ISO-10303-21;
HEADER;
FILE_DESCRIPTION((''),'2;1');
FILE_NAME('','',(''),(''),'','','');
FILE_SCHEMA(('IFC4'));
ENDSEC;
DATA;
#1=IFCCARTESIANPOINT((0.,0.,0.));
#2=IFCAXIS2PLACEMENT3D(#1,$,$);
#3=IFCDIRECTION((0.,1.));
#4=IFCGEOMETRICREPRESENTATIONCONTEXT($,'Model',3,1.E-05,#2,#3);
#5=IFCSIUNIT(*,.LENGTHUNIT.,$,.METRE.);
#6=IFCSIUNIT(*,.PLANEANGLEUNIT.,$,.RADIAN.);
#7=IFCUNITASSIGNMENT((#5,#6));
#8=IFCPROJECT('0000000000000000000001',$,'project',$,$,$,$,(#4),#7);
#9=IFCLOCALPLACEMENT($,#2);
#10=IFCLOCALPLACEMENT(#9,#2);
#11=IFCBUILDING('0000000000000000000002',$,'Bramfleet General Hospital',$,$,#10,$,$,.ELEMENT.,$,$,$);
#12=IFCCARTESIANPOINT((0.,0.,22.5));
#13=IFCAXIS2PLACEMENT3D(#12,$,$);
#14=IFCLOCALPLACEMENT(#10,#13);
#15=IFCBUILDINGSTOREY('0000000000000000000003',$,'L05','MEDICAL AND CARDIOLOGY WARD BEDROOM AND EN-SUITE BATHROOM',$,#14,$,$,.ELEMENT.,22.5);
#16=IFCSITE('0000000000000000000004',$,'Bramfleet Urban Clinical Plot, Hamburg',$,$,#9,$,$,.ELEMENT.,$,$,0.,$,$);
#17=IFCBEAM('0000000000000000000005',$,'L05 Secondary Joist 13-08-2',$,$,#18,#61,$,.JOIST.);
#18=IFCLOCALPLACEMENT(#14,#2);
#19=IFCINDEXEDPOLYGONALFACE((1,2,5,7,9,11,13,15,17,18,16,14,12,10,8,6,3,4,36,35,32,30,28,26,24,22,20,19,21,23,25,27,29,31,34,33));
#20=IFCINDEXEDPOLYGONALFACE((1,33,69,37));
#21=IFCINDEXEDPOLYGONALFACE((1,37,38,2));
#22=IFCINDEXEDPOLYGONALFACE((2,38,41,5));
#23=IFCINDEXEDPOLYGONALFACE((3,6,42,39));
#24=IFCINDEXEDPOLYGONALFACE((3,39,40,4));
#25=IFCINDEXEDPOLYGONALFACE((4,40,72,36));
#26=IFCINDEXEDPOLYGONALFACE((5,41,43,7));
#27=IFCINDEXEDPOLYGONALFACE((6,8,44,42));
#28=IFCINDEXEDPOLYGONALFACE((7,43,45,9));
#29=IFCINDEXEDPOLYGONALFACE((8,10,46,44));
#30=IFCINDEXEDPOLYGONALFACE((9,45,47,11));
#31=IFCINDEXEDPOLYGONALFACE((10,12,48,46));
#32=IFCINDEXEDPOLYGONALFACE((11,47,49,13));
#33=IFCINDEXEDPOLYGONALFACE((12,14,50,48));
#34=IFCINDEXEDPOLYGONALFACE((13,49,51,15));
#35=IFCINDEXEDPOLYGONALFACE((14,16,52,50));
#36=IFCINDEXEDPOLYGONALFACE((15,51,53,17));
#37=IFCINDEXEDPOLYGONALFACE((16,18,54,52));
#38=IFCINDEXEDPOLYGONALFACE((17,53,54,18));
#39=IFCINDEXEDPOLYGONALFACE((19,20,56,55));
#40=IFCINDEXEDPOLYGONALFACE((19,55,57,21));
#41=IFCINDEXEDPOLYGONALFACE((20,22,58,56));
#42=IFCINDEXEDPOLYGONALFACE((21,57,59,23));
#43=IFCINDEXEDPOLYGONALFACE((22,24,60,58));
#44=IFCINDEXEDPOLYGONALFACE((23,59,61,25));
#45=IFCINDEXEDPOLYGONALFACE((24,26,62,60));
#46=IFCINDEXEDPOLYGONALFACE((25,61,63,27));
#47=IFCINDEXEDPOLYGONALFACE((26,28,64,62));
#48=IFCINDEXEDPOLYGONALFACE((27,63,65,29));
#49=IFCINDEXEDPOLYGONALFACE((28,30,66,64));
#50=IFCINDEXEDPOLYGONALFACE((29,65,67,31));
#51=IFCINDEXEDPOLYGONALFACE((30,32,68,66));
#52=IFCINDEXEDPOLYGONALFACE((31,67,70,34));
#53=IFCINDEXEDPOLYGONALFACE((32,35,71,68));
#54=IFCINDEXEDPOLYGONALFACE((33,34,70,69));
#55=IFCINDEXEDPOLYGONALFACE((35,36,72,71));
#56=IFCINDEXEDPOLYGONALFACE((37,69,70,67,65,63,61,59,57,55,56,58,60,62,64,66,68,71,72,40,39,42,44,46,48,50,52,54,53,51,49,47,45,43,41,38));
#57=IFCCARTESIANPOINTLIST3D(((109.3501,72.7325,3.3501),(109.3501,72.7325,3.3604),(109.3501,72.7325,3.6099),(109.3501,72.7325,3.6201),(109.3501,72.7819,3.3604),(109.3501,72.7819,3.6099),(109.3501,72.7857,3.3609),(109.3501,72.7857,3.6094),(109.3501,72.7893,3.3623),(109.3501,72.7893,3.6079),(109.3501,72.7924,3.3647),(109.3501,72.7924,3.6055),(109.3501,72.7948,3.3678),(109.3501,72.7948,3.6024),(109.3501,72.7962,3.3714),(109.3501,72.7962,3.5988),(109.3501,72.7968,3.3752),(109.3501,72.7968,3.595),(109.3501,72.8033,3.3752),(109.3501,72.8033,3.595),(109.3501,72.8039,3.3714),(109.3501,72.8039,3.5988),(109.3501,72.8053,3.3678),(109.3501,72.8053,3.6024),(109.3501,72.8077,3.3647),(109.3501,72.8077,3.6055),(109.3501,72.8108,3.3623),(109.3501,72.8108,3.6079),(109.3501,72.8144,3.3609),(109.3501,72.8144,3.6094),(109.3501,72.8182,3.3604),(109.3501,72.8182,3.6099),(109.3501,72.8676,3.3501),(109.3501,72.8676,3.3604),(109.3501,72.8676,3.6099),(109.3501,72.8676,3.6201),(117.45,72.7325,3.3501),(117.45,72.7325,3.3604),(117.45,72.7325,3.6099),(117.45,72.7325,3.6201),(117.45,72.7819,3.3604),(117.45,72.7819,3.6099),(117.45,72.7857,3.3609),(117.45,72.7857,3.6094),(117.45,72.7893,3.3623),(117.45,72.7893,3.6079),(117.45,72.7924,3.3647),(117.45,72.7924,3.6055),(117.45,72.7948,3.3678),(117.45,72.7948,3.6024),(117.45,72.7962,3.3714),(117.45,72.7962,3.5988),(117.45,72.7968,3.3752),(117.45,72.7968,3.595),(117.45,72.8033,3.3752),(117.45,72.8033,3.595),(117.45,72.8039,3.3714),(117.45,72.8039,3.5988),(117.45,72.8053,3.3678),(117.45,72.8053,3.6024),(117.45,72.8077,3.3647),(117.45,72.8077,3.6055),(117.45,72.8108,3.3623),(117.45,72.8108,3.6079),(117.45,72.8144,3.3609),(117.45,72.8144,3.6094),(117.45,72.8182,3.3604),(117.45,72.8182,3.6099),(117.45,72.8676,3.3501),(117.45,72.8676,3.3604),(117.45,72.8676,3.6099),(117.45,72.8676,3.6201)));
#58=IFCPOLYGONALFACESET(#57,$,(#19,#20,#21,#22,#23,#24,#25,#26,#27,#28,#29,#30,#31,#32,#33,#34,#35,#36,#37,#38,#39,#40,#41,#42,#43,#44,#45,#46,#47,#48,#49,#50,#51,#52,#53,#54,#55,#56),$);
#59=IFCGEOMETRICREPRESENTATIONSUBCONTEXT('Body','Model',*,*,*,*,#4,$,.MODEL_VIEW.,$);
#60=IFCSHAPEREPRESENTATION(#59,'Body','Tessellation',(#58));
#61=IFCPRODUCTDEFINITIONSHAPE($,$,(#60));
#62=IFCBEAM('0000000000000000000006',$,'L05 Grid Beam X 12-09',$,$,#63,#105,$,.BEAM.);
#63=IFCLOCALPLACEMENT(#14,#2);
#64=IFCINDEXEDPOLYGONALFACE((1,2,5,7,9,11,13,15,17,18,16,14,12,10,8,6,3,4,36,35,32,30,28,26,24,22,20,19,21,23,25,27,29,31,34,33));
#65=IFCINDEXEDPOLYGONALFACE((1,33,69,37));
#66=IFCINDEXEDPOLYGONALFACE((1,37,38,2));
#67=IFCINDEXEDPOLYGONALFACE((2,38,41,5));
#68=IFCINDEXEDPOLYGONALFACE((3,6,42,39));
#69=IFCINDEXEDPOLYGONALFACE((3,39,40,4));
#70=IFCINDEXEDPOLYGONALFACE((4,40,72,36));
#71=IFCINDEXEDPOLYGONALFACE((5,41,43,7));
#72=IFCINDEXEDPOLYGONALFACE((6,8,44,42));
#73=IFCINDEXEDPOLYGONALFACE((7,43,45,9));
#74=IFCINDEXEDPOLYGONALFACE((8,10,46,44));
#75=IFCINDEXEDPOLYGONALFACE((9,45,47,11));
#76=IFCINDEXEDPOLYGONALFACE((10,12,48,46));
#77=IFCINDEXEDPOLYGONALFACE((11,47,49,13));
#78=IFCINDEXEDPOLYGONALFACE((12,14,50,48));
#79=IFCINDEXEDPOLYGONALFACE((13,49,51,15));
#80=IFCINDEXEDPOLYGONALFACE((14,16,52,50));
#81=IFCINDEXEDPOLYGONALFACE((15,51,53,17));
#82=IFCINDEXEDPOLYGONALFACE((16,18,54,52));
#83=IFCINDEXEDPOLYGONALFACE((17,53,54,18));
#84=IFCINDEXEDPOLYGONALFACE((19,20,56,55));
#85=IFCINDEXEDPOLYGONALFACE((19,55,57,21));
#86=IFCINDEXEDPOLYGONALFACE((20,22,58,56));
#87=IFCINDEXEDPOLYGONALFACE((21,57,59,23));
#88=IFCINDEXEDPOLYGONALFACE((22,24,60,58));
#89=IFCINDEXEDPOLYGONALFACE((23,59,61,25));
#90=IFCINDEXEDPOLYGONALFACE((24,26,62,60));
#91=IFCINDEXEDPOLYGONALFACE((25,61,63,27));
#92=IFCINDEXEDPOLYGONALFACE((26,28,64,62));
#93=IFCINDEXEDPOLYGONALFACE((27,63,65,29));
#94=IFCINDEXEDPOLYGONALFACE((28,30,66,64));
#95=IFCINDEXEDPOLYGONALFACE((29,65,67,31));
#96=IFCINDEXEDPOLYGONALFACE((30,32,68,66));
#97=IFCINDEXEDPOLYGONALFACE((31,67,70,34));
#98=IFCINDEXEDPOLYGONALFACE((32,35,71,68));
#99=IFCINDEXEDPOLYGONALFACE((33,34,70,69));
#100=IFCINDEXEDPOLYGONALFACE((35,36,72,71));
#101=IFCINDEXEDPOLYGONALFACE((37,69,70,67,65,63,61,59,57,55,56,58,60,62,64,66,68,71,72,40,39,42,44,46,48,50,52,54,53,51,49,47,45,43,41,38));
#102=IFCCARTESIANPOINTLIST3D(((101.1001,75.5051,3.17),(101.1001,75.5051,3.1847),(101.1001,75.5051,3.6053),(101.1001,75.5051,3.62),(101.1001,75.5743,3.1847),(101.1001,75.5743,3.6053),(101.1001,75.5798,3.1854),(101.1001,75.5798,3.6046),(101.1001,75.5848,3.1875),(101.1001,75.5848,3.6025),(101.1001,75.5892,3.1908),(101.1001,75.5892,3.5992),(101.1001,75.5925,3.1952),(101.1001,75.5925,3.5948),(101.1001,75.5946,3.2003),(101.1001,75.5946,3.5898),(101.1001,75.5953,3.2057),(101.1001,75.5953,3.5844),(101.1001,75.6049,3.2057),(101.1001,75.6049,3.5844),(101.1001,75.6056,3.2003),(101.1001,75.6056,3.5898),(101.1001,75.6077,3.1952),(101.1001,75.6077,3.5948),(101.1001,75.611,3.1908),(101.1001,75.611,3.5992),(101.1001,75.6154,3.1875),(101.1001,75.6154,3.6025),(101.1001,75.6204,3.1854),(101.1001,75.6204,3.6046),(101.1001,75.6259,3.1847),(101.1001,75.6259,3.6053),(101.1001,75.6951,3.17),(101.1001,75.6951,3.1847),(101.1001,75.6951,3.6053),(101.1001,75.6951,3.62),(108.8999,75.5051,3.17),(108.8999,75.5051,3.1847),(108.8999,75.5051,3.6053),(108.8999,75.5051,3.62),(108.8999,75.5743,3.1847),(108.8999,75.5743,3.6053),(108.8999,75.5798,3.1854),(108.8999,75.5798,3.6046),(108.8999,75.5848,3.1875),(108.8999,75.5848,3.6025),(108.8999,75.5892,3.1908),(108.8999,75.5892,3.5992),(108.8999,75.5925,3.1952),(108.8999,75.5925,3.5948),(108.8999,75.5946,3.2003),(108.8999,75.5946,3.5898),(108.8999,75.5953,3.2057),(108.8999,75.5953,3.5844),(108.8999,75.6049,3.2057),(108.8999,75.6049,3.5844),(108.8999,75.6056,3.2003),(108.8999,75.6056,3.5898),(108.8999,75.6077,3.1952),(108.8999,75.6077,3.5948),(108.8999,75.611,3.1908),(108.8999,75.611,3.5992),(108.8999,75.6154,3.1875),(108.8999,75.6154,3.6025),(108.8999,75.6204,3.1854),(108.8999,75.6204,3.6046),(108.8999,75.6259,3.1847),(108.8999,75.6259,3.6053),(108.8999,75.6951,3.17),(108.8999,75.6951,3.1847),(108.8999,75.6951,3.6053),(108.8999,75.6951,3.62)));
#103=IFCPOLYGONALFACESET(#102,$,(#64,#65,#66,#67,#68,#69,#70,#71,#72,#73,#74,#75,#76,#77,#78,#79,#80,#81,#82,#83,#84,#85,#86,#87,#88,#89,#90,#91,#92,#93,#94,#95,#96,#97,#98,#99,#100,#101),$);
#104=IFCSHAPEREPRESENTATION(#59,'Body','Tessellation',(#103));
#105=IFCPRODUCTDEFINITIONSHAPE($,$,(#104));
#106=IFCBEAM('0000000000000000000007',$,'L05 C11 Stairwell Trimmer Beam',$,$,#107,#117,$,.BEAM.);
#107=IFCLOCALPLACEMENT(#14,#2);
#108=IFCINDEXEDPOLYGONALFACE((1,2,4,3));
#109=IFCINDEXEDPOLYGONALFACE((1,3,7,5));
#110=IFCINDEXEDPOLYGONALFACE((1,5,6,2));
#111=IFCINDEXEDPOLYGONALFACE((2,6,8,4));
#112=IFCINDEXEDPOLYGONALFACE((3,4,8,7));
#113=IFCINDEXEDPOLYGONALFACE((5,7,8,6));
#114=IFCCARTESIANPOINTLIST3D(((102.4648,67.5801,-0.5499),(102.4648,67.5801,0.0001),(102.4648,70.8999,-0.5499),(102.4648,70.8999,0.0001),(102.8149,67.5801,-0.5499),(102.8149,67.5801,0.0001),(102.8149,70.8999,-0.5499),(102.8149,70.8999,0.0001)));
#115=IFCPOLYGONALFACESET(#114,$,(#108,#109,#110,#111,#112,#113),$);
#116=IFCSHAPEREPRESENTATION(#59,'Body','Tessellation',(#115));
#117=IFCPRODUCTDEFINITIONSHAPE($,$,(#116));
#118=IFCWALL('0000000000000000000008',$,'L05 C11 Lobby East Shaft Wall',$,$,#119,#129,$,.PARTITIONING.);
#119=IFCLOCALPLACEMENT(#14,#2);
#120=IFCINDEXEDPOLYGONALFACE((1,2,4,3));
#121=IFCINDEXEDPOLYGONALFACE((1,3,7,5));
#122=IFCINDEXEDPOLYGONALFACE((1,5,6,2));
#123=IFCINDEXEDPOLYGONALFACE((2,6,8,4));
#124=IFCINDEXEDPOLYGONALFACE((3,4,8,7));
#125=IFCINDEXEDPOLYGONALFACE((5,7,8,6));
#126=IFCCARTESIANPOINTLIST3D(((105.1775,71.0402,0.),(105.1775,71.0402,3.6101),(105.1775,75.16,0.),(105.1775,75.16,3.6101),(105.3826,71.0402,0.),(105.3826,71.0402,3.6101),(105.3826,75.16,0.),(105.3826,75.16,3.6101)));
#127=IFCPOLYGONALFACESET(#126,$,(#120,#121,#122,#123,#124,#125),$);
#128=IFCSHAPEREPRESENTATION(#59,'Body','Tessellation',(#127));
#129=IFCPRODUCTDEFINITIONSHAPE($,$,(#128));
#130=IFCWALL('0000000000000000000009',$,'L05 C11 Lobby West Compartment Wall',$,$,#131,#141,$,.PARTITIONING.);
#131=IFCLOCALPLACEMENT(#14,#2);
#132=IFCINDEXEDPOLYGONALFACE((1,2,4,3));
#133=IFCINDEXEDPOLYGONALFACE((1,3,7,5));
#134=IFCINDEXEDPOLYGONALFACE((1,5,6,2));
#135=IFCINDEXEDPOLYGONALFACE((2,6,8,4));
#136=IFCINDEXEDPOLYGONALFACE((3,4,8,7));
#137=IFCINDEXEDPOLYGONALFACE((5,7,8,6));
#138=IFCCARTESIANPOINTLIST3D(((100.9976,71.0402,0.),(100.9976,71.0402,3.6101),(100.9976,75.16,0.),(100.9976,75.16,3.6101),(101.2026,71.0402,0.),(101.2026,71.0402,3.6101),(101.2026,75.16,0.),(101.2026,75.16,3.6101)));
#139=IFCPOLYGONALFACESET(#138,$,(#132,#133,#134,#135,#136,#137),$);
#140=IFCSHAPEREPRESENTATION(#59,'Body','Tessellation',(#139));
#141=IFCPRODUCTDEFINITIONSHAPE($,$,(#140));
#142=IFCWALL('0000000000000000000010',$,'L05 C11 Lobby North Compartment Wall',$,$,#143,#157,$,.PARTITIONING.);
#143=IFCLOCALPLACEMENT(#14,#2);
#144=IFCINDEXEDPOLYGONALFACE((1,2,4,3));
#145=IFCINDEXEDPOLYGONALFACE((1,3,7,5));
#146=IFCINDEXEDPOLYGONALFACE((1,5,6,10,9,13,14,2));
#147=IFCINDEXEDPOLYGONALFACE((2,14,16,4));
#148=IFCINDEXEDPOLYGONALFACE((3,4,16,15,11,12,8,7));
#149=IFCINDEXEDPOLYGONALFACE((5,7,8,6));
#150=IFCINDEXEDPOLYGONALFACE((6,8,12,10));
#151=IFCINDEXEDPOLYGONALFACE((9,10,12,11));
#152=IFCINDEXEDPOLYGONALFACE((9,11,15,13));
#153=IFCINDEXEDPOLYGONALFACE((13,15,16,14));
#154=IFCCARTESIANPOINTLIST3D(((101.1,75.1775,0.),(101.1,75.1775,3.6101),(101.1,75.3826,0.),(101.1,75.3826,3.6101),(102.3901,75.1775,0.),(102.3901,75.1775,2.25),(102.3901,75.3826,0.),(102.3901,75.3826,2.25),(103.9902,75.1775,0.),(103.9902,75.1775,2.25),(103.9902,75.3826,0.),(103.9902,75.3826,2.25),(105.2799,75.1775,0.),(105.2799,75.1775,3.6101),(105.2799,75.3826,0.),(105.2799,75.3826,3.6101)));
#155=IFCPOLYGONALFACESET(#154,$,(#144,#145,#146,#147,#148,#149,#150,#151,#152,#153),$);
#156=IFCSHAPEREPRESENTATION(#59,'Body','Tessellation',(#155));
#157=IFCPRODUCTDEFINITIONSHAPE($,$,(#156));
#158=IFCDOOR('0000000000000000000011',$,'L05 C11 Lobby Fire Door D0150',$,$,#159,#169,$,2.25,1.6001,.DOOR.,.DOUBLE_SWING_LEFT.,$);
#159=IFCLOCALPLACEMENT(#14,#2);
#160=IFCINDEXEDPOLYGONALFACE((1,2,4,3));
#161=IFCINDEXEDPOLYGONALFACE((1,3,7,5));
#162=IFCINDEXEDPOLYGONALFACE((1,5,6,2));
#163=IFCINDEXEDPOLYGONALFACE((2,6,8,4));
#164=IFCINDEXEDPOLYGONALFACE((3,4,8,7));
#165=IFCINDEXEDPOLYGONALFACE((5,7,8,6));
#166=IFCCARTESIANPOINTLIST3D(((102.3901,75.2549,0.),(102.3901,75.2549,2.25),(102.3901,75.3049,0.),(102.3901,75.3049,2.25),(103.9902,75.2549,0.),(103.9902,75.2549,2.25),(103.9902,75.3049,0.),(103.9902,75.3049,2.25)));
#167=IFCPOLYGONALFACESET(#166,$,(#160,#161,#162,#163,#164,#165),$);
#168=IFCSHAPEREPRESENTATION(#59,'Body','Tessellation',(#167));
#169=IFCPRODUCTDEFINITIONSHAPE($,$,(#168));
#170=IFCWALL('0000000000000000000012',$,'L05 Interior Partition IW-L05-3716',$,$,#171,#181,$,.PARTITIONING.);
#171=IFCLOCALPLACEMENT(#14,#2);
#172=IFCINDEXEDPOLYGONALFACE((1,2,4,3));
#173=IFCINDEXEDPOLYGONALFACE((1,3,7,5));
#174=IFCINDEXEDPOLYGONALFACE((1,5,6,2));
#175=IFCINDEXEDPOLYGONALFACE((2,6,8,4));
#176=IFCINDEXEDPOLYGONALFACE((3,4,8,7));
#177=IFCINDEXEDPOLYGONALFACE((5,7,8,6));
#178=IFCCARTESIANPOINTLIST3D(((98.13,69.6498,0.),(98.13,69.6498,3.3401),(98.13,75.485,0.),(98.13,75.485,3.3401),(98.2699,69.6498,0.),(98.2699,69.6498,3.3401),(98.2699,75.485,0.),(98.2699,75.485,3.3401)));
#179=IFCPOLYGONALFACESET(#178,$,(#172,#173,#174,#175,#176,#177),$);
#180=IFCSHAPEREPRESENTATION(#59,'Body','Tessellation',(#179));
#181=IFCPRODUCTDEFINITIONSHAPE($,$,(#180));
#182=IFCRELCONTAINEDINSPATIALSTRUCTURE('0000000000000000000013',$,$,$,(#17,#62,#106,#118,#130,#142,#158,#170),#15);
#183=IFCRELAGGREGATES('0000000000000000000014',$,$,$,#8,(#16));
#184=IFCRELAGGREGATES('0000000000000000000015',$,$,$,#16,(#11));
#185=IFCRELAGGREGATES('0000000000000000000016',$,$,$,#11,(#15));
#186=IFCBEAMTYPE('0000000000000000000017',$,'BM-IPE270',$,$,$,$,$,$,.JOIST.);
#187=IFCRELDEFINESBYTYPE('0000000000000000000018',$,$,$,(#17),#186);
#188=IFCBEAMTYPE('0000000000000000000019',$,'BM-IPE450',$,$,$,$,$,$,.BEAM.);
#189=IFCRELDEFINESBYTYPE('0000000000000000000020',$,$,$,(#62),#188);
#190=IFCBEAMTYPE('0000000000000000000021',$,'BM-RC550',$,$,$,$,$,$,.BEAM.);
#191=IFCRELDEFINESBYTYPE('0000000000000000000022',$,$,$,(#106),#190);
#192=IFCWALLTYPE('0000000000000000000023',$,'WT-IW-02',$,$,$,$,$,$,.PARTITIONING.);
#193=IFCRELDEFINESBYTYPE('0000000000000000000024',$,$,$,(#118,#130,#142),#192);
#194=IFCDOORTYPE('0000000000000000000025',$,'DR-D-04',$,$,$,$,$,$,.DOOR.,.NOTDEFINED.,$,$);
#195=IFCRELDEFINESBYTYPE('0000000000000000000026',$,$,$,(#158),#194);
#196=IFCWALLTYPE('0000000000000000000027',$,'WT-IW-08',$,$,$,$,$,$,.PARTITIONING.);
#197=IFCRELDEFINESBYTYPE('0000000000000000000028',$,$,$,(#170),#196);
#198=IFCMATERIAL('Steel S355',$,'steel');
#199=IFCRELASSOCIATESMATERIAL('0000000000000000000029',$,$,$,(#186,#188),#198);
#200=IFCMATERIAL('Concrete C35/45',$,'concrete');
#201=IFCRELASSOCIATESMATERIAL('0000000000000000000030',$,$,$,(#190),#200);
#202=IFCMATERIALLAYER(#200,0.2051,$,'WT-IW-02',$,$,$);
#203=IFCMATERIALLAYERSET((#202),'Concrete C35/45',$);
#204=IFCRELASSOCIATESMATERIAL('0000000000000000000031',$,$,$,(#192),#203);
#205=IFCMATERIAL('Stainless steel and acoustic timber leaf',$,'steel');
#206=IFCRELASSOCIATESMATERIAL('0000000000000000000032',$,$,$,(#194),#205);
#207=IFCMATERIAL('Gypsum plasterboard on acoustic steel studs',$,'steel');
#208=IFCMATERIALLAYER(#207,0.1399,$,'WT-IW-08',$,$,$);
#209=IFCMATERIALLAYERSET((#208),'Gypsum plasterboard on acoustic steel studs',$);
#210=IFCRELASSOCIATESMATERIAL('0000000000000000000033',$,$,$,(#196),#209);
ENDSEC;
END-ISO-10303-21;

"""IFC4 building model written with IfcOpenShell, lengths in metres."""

from ifc_helpers import new_model, si_unit, direction, frame, frame_2d, origin, origin_2d, place, context, subcontext, project, spatial, rectangle, i_section, extrude, material, layer, layer_set, material_profile, profile_set, type_object, element, fill, save


model = new_model("IFC4")

# Units and contexts
model_context = context("Model", 3, precision=1e-05, world=origin(), true_north=direction((0.0, 1.0)))
body_context = subcontext(model_context, "Body", "Model", "MODEL_VIEW")
ifc_project = project(units=[si_unit("LENGTHUNIT", "METRE"), si_unit("PLANEANGLEUNIT", "RADIAN")], contexts=[model_context])

# Site, building, storey
site_placement = place(None, origin())
site = spatial("IfcSite", under=ifc_project, at=site_placement, Name="Bramfleet Urban Clinical Plot, Hamburg", CompositionType="ELEMENT", RefElevation=0.0)
building_placement = place(site_placement, origin())
building = spatial("IfcBuilding", under=site, at=building_placement, Name="Bramfleet General Hospital", CompositionType="ELEMENT")
storey_placement = place(building_placement, frame((0.0, 0.0, 22.5)))
storey = spatial("IfcBuildingStorey", under=building, at=storey_placement, Name="L05", Description="MEDICAL AND CARDIOLOGY WARD BEDROOM AND EN-SUITE BATHROOM", CompositionType="ELEMENT", Elevation=22.5)

# Beams
ifc_material_1 = material(Name="Steel S355", Category="steel")
ifc_material_profile_1 = material_profile(ifc_material_1, i_section(OverallWidth=0.135, OverallDepth=0.27, WebThickness=0.0066, FlangeThickness=0.0103, FilletRadius=0.0149, at=origin_2d()), Name="IPE 270")
ifc_profile_set_1 = profile_set([ifc_material_profile_1], Name="Steel S355")
beam_type_1 = type_object("IfcBeamType", Name="BM-IPE270", PredefinedType="JOIST", material=ifc_profile_set_1)
for number, where, z_axis, x_axis, name in (
    (1, (109.3501, 72.8, 3.4851), (1.0, 0.0, 0.0), (0.0, 1.0, 0.0), "L05 Secondary Joist 13-08-2"),
):
    element("IfcBeam", number, at=place(storey_placement, frame(where, z_axis=z_axis, x_axis=x_axis)), inside=storey, type_object=beam_type_1, Name=name, PredefinedType="JOIST", context=body_context, shape_type="SweptSolid", body=[
        extrude(i_section(OverallWidth=0.135, OverallDepth=0.27, WebThickness=0.0066, FlangeThickness=0.0103, FilletRadius=0.0149, at=origin_2d()), origin(), (0.0, 0.0, 1.0), 8.0999),
    ])
ifc_material_profile_2 = material_profile(ifc_material_1, i_section(OverallWidth=0.1899, OverallDepth=0.45, WebThickness=0.0095, FlangeThickness=0.0146, FilletRadius=0.021, at=origin_2d()), Name="IPE 450")
ifc_profile_set_2 = profile_set([ifc_material_profile_2], Name="Steel S355")
beam_type_2 = type_object("IfcBeamType", Name="BM-IPE450", PredefinedType="BEAM", material=ifc_profile_set_2)
beam_1_placement = place(storey_placement, frame((101.1001, 75.6001, 3.395), z_axis=(1.0, 0.0, 0.0), x_axis=(0.0, 1.0, 0.0)))
element("IfcBeam", 2, at=beam_1_placement, inside=storey, type_object=beam_type_2, Name="L05 Grid Beam X 12-09", PredefinedType="BEAM", context=body_context, shape_type="SweptSolid", body=[
    extrude(i_section(OverallWidth=0.1899, OverallDepth=0.45, WebThickness=0.0095, FlangeThickness=0.0146, FilletRadius=0.021, at=origin_2d()), origin(), (0.0, 0.0, 1.0), 7.7998),
])
ifc_material_2 = material(Name="Concrete C35/45", Category="concrete")
ifc_material_profile_3 = material_profile(ifc_material_2, rectangle(XDim=0.3501, YDim=0.55, at=origin_2d()), Name="RC BM 550x350")
ifc_profile_set_3 = profile_set([ifc_material_profile_3], Name="Concrete C35/45")
beam_type_3 = type_object("IfcBeamType", Name="BM-RC550", PredefinedType="BEAM", material=ifc_profile_set_3)
beam_2_placement = place(storey_placement, frame((102.6399, 67.5801, -0.2749), z_axis=(0.0, 1.0, 0.0), x_axis=(-1.0, 0.0, 0.0)))
element("IfcBeam", 3, at=beam_2_placement, inside=storey, type_object=beam_type_3, Name="L05 C11 Stairwell Trimmer Beam", PredefinedType="BEAM", context=body_context, shape_type="SweptSolid", body=[
    extrude(rectangle(XDim=0.3501, YDim=0.55, at=origin_2d()), origin(), (0.0, 0.0, 1.0), 3.3198),
])

# Walls
ifc_layer_1 = layer(ifc_material_2, 0.2051, Name="WT-IW-02")
ifc_layer_set_1 = layer_set([ifc_layer_1], Name="Concrete C35/45")
wall_type_1 = type_object("IfcWallType", Name="WT-IW-02", PredefinedType="PARTITIONING", material=ifc_layer_set_1)
for number, where, z_axis, x_axis, name in (
    (4, (105.28, 71.04, 0.0), (0.0, 0.0, 1.0), (0.0, 1.0, 0.0), "L05 C11 Lobby East Shaft Wall"),
    (5, (101.1001, 71.04, 0.0), (0.0, 0.0, 1.0), (0.0, 1.0, 0.0), "L05 C11 Lobby West Compartment Wall"),
):
    element("IfcWall", number, at=place(storey_placement, frame(where, z_axis=z_axis, x_axis=x_axis)), inside=storey, type_object=wall_type_1, Name=name, PredefinedType="PARTITIONING", context=body_context, shape_type="SweptSolid", body=[
        extrude(rectangle(XDim=4.1199, YDim=0.2051, at=frame_2d((2.0601, 0.0))), origin(), (0.0, 0.0, 1.0), 3.6101),
    ])

# Wall, opening, door
wall_1_placement = place(storey_placement, frame((101.1001, 75.28, 0.0), z_axis=(0.0, 0.0, 1.0), x_axis=(1.0, 0.0, 0.0)))
wall_1 = element("IfcWall", 6, at=wall_1_placement, inside=storey, type_object=wall_type_1, Name="L05 C11 Lobby North Compartment Wall", PredefinedType="PARTITIONING", context=body_context, shape_type="SweptSolid", body=[
    extrude(rectangle(XDim=4.1799, YDim=0.2051, at=frame_2d((2.0898, 0.0))), origin(), (0.0, 0.0, 1.0), 3.6101),
])
opening_1_placement = place(wall_1_placement, frame((1.29, 0.0, 0.0)))
opening_1 = element("IfcOpeningElement", 7, at=opening_1_placement, cuts=wall_1, PredefinedType="OPENING", context=body_context, shape_type="SweptSolid", body=[
    extrude(rectangle(XDim=1.6001, YDim=2.25, at=frame_2d((0.8, 1.125))), frame((0.0, 0.1125, 0.0), z_axis=(0.0, -1.0, 0.0), x_axis=(1.0, 0.0, 0.0)), (0.0, 0.0, 1.0), 0.2251),
])
ifc_material_3 = material(Name="Stainless steel and acoustic timber leaf", Category="steel")
door_type_1 = type_object("IfcDoorType", Name="DR-D-04", OperationType="NOTDEFINED", PredefinedType="DOOR", material=ifc_material_3)
door_1_placement = place(opening_1_placement, origin())
door_1 = element("IfcDoor", 8, at=door_1_placement, inside=storey, type_object=door_type_1, Name="L05 C11 Lobby Fire Door D0150", OperationType="DOUBLE_SWING_LEFT", OverallHeight=2.25, OverallWidth=1.6001, PredefinedType="DOOR", context=body_context, shape_type="SweptSolid", body=[
    extrude(rectangle(XDim=1.6001, YDim=2.25, at=frame_2d((0.8, 1.125))), frame((0.0, 0.0249, 0.0), z_axis=(0.0, -1.0, 0.0), x_axis=(1.0, 0.0, 0.0)), (0.0, 0.0, 1.0), 0.05),
])
fill(opening_1, door_1)

# Wall
ifc_material_4 = material(Name="Gypsum plasterboard on acoustic steel studs", Category="steel")
ifc_layer_2 = layer(ifc_material_4, 0.1399, Name="WT-IW-08")
ifc_layer_set_2 = layer_set([ifc_layer_2], Name="Gypsum plasterboard on acoustic steel studs")
wall_type_2 = type_object("IfcWallType", Name="WT-IW-08", PredefinedType="PARTITIONING", material=ifc_layer_set_2)
wall_2_placement = place(storey_placement, frame((98.2, 69.6499, 0.0), z_axis=(0.0, 0.0, 1.0), x_axis=(0.0, 1.0, 0.0)))
element("IfcWall", 9, at=wall_2_placement, inside=storey, type_object=wall_type_2, Name="L05 Interior Partition IW-L05-3716", PredefinedType="PARTITIONING", context=body_context, shape_type="SweptSolid", body=[
    extrude(rectangle(XDim=5.8352, YDim=0.1399, at=frame_2d((2.9175, 0.0))), origin(), (0.0, 0.0, 1.0), 3.3401),
])

save(model, "model.ifc")
